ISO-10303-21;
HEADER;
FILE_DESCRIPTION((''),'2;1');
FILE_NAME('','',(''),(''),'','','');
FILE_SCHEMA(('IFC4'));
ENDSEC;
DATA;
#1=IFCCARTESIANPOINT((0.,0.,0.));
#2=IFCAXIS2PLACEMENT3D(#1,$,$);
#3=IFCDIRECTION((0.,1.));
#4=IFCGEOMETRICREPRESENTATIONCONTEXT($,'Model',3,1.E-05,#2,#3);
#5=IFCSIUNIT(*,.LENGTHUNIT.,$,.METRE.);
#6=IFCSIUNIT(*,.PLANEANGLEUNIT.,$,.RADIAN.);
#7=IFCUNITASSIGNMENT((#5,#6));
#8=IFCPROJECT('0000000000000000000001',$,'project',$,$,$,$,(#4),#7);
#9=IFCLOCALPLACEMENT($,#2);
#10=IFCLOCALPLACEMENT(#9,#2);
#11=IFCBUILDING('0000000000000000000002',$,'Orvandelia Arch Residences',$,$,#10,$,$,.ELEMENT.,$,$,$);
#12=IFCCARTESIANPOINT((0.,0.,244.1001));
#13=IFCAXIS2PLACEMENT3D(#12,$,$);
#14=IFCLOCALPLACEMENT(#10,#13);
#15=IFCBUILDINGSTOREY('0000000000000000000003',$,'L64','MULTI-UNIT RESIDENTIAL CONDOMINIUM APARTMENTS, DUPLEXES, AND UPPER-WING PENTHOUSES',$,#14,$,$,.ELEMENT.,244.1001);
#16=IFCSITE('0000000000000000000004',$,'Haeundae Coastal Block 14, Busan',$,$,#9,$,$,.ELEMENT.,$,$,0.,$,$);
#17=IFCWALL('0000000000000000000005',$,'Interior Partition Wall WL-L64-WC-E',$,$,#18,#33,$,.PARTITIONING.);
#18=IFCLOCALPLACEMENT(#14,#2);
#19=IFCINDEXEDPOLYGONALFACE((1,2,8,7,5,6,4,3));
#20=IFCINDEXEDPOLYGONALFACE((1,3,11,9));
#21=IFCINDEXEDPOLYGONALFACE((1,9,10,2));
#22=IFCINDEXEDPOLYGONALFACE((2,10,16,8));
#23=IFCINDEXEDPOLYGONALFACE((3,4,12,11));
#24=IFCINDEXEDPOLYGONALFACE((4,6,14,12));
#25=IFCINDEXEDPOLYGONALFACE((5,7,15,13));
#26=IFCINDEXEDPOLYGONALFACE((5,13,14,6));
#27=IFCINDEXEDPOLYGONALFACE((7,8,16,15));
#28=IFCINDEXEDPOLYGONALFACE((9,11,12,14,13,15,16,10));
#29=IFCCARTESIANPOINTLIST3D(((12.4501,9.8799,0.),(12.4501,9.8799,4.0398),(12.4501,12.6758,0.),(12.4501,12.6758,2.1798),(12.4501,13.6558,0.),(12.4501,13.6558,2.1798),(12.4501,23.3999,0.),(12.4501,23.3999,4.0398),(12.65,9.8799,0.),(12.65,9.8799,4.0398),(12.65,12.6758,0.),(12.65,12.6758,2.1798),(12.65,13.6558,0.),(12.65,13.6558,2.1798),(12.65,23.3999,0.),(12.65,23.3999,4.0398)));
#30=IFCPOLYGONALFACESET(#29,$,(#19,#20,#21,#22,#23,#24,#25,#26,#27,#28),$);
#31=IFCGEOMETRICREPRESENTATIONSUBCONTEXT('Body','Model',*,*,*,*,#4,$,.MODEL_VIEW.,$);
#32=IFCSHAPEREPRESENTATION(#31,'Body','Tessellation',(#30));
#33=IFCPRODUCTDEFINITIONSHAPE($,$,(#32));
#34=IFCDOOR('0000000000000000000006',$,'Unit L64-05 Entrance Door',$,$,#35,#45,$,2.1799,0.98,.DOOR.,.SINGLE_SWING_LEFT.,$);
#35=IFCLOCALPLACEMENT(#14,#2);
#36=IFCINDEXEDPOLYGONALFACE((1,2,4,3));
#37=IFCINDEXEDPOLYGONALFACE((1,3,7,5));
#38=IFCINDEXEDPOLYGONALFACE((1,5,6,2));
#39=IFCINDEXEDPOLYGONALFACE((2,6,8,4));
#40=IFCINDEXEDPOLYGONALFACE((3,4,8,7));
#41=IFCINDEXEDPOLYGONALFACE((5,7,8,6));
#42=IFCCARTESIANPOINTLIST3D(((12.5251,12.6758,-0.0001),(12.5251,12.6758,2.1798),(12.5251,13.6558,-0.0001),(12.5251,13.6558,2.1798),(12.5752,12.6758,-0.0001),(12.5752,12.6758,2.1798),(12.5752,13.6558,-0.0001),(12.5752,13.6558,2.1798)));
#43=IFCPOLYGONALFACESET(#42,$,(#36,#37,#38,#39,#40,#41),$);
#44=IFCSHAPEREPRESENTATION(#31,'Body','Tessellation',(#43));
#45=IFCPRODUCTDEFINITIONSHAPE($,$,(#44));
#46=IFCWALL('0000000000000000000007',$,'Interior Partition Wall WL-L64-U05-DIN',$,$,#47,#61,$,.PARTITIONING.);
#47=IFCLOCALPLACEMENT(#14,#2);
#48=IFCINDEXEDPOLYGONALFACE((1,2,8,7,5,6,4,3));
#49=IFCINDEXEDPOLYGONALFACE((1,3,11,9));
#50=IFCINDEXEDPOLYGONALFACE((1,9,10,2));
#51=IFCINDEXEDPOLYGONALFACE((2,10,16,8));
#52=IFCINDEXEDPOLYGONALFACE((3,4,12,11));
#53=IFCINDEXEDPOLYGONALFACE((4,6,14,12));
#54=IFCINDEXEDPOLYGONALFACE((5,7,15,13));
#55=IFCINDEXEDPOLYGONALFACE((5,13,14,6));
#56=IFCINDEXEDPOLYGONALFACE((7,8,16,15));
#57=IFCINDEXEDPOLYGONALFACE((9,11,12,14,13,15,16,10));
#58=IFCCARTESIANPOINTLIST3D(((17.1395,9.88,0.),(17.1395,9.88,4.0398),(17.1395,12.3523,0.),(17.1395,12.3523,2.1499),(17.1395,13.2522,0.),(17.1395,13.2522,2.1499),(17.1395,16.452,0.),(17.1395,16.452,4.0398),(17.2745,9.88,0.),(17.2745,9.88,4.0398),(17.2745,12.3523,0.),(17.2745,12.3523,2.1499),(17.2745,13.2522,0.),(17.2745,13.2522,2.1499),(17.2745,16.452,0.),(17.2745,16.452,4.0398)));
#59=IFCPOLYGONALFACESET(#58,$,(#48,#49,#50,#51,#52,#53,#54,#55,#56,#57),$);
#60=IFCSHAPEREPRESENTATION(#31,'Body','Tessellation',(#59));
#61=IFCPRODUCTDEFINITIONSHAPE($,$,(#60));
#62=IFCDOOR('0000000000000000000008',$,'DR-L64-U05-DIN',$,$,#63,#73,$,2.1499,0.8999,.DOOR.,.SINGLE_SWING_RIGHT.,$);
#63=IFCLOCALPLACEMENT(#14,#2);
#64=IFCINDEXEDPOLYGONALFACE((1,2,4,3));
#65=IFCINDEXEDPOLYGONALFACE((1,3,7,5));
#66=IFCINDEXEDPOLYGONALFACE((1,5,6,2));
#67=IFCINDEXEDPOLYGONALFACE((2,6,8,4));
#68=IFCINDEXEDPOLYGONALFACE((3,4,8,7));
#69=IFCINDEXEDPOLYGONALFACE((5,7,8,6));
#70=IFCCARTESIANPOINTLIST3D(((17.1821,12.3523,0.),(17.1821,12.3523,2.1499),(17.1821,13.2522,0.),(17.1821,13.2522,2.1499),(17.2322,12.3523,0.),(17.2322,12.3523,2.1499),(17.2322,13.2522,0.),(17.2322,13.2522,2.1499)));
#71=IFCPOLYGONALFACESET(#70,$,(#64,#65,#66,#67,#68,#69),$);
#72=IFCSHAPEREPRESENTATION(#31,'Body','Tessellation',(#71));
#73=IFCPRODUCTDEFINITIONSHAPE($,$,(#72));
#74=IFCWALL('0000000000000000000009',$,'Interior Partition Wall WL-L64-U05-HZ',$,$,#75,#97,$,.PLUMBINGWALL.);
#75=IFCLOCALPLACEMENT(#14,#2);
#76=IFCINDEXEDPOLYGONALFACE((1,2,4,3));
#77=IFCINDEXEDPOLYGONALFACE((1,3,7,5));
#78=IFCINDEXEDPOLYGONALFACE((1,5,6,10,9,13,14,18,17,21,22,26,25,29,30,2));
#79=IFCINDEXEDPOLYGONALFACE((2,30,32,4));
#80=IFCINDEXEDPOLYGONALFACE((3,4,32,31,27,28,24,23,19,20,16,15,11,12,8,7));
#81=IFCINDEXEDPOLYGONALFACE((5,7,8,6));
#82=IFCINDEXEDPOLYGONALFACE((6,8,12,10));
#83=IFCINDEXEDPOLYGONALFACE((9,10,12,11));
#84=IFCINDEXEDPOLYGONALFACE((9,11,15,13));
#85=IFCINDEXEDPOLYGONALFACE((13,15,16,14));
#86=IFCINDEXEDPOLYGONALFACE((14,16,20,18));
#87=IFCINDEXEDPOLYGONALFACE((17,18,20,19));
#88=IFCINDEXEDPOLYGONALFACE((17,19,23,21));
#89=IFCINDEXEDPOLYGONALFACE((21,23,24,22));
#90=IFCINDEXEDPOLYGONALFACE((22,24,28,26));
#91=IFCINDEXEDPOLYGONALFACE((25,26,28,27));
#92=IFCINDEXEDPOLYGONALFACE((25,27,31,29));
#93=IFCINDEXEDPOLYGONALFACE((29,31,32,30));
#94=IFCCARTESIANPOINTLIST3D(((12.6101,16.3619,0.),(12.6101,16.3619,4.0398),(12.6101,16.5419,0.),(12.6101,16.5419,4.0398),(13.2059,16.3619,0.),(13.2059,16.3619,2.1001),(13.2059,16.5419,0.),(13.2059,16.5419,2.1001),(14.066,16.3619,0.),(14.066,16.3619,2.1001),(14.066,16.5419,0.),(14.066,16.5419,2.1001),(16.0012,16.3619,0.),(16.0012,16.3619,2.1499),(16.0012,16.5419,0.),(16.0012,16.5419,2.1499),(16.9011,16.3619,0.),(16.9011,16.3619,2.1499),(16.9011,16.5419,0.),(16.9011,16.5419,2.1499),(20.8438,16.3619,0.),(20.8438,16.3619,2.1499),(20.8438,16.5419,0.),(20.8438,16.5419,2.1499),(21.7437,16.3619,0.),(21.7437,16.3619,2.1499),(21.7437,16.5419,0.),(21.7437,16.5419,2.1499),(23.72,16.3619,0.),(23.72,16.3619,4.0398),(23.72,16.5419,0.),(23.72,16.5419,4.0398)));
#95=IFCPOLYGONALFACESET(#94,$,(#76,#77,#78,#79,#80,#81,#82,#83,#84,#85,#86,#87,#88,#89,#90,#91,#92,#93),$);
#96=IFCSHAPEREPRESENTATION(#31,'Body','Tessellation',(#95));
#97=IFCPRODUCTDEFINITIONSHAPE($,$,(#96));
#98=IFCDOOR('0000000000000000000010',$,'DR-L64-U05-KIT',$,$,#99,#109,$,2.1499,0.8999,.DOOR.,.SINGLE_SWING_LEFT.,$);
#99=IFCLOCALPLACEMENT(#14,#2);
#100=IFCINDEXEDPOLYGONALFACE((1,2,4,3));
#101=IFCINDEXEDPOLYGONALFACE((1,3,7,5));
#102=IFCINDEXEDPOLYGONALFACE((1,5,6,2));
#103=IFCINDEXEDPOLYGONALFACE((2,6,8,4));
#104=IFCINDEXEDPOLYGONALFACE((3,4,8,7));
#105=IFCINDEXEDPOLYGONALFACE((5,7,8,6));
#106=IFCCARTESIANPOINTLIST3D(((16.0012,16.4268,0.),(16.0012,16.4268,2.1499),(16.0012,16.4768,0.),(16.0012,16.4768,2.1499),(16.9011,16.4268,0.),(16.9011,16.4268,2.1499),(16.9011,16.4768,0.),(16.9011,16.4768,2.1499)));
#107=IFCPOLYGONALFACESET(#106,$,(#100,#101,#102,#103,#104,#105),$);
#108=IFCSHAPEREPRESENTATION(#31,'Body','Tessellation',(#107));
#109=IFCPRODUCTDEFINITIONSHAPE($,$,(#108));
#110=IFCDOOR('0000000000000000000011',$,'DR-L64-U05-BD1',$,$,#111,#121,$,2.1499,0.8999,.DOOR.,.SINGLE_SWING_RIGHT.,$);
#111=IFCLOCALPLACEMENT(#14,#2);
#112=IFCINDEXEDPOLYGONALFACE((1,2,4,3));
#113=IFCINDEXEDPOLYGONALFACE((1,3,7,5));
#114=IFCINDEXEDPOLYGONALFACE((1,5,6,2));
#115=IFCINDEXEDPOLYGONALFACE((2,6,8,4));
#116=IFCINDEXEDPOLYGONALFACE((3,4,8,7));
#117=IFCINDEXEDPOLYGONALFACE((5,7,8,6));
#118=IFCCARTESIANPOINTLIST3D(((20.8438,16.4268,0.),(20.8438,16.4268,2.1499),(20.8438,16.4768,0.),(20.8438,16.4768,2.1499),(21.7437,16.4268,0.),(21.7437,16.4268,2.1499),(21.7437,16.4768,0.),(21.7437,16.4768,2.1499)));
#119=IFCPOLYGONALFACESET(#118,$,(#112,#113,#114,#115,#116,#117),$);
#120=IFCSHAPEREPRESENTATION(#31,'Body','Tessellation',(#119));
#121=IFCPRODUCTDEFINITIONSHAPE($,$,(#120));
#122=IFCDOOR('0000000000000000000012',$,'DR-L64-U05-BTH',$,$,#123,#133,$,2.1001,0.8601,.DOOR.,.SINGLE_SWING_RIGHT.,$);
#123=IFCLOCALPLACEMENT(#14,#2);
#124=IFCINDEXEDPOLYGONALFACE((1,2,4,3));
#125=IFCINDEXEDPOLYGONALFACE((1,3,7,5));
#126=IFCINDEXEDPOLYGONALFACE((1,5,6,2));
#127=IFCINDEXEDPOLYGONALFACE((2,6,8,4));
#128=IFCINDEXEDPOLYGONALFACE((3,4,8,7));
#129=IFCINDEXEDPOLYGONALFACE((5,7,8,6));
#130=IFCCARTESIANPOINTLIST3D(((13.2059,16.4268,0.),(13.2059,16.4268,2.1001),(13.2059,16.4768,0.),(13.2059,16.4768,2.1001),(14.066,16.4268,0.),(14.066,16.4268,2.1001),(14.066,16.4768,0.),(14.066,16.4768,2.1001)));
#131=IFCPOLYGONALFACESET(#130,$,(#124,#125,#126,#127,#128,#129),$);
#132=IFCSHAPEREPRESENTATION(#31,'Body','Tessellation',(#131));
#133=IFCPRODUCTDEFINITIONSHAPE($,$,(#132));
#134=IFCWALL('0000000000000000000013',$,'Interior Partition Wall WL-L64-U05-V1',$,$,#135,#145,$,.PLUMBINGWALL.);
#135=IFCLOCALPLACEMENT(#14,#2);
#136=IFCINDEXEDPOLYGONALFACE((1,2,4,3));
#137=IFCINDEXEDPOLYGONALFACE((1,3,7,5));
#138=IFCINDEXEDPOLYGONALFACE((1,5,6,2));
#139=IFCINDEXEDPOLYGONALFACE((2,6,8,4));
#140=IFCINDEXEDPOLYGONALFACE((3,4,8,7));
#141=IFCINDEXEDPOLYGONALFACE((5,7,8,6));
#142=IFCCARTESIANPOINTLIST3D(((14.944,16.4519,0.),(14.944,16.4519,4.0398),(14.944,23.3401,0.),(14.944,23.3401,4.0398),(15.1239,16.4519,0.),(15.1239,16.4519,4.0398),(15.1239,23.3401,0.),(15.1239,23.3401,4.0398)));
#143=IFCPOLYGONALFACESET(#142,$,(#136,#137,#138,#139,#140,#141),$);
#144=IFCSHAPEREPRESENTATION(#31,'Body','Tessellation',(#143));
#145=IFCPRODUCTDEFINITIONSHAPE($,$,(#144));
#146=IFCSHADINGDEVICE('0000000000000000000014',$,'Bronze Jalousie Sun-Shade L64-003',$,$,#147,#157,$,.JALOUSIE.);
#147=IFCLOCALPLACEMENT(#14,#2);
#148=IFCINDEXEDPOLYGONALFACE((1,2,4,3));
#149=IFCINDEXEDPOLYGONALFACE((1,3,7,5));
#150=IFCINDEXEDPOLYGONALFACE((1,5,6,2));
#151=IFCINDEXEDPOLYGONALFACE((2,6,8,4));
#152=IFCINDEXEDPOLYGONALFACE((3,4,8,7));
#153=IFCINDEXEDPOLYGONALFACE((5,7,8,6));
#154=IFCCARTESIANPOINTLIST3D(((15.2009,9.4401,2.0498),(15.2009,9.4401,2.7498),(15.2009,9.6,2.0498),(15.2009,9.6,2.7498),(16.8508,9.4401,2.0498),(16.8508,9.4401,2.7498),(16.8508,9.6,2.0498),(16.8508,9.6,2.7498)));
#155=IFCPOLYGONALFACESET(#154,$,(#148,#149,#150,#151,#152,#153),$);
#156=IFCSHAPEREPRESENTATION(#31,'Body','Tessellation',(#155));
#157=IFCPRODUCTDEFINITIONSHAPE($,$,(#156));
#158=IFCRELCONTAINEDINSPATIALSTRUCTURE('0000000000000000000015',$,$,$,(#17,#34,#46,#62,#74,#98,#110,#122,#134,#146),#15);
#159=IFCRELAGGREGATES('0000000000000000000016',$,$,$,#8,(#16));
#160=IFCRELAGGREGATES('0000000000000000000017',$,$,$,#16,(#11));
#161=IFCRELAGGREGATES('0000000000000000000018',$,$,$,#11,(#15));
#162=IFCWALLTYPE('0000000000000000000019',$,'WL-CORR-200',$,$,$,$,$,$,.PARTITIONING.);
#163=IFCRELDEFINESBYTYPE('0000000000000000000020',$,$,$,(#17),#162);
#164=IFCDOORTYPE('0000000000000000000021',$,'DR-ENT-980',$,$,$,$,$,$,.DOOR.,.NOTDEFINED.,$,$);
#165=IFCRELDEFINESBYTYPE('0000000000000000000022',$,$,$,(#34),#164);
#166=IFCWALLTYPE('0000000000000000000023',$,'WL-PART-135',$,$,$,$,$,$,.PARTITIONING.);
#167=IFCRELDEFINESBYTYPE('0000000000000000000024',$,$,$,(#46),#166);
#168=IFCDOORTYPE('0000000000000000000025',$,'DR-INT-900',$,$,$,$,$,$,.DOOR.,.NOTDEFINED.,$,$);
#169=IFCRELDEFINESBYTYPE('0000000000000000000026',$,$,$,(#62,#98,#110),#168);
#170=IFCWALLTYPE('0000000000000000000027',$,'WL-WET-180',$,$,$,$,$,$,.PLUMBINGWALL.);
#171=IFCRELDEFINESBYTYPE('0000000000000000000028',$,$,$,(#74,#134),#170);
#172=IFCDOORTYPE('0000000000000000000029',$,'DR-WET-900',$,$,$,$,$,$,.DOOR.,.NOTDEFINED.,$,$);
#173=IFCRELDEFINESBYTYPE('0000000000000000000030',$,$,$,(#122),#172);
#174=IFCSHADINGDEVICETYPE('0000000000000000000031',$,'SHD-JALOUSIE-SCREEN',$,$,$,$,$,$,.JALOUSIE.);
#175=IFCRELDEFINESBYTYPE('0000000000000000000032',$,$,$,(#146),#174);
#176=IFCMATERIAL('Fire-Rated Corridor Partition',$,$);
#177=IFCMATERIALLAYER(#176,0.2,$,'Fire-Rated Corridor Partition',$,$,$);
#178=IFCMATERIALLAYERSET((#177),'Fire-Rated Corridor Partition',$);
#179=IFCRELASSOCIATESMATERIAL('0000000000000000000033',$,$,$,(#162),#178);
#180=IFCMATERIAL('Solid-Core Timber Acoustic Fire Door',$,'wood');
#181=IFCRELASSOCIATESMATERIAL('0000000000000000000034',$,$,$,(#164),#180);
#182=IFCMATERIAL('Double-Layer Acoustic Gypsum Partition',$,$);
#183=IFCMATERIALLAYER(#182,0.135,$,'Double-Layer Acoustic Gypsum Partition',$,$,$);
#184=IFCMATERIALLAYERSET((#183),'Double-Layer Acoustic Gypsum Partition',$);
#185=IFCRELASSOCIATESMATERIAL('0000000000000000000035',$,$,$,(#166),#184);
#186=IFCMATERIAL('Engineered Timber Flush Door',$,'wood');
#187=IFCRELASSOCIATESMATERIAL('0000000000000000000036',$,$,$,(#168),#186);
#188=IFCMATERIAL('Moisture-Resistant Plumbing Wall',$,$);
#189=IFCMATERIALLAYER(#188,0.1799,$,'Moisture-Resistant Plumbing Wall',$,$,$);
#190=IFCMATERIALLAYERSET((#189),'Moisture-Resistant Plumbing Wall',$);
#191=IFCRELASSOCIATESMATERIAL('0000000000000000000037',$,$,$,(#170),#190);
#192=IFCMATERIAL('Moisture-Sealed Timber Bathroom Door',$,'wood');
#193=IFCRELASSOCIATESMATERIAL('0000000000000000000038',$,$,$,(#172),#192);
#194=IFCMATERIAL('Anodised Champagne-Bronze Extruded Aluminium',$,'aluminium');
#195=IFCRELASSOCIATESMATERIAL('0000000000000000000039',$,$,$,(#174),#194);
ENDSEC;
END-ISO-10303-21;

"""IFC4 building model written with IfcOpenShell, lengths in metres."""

from ifc_helpers import new_model, si_unit, direction, frame, frame_2d, origin, origin_2d, place, context, subcontext, project, spatial, rectangle, extrude, material, layer, layer_set, type_object, element, fill, save


model = new_model("IFC4")

# Units and contexts
model_context = context("Model", 3, precision=1e-05, world=origin(), true_north=direction((0.0, 1.0)))
body_context = subcontext(model_context, "Body", "Model", "MODEL_VIEW")
ifc_project = project(units=[si_unit("LENGTHUNIT", "METRE"), si_unit("PLANEANGLEUNIT", "RADIAN")], contexts=[model_context])

# Site, building, storey
site_placement = place(None, origin())
site = spatial("IfcSite", under=ifc_project, at=site_placement, Name="Haeundae Coastal Block 14, Busan", CompositionType="ELEMENT", RefElevation=0.0)
building_placement = place(site_placement, origin())
building = spatial("IfcBuilding", under=site, at=building_placement, Name="Orvandelia Arch Residences", CompositionType="ELEMENT")
storey_placement = place(building_placement, frame((0.0, 0.0, 244.1001)))
storey = spatial("IfcBuildingStorey", under=building, at=storey_placement, Name="L64", Description="MULTI-UNIT RESIDENTIAL CONDOMINIUM APARTMENTS, DUPLEXES, AND UPPER-WING PENTHOUSES", CompositionType="ELEMENT", Elevation=244.1001)

# Shared definitions
ifc_material_1 = material(Name="Fire-Rated Corridor Partition")
ifc_layer_1 = layer(ifc_material_1, 0.2, Name="Fire-Rated Corridor Partition")
ifc_layer_set_1 = layer_set([ifc_layer_1], Name="Fire-Rated Corridor Partition")
wall_type_1 = type_object("IfcWallType", Name="WL-CORR-200", PredefinedType="PARTITIONING", material=ifc_layer_set_1)
ifc_material_2 = material(Name="Solid-Core Timber Acoustic Fire Door", Category="wood")
door_type_1 = type_object("IfcDoorType", Name="DR-ENT-980", OperationType="NOTDEFINED", PredefinedType="DOOR", material=ifc_material_2)

# Walls, openings, doors
wall_1_placement = place(storey_placement, frame((12.55, 9.8799, 0.0), z_axis=(0.0, 0.0, 1.0), x_axis=(0.0, 1.0, 0.0)))
wall_1 = element("IfcWall", 1, at=wall_1_placement, inside=storey, type_object=wall_type_1, Name="Interior Partition Wall WL-L64-WC-E", PredefinedType="PARTITIONING", context=body_context, shape_type="SweptSolid", body=[
    extrude(rectangle(XDim=13.52, YDim=0.2, at=frame_2d((6.76, 0.0))), origin(), (0.0, 0.0, 1.0), 4.0398),
])
opening_1_placement = place(wall_1_placement, frame((2.7959, 0.0, 0.0)))
opening_1 = element("IfcOpeningElement", 2, at=opening_1_placement, cuts=wall_1, PredefinedType="OPENING", context=body_context, shape_type="SweptSolid", body=[
    extrude(rectangle(XDim=0.98, YDim=2.1799, at=frame_2d((0.49, 1.0898))), frame((0.0, 0.1099, 0.0), z_axis=(0.0, -1.0, 0.0), x_axis=(1.0, 0.0, 0.0)), (0.0, 0.0, 1.0), 0.22),
])
door_1_placement = place(opening_1_placement, origin())
door_1 = element("IfcDoor", 3, at=door_1_placement, inside=storey, type_object=door_type_1, Name="Unit L64-05 Entrance Door", OperationType="SINGLE_SWING_LEFT", OverallHeight=2.1799, OverallWidth=0.98, PredefinedType="DOOR", context=body_context, shape_type="SweptSolid", body=[
    extrude(rectangle(XDim=0.98, YDim=2.1799, at=frame_2d((0.49, 1.0898))), frame((0.0, 0.0249, 0.0), z_axis=(0.0, -1.0, 0.0), x_axis=(1.0, 0.0, 0.0)), (0.0, 0.0, 1.0), 0.05),
])
fill(opening_1, door_1)
ifc_material_3 = material(Name="Double-Layer Acoustic Gypsum Partition")
ifc_layer_2 = layer(ifc_material_3, 0.135, Name="Double-Layer Acoustic Gypsum Partition")
ifc_layer_set_2 = layer_set([ifc_layer_2], Name="Double-Layer Acoustic Gypsum Partition")
wall_type_2 = type_object("IfcWallType", Name="WL-PART-135", PredefinedType="PARTITIONING", material=ifc_layer_set_2)
wall_2_placement = place(storey_placement, frame((17.207, 9.8799, 0.0), z_axis=(0.0, 0.0, 1.0), x_axis=(0.0, 1.0, 0.0)))
wall_2 = element("IfcWall", 4, at=wall_2_placement, inside=storey, type_object=wall_type_2, Name="Interior Partition Wall WL-L64-U05-DIN", PredefinedType="PARTITIONING", context=body_context, shape_type="SweptSolid", body=[
    extrude(rectangle(XDim=6.572, YDim=0.135, at=frame_2d((3.2861, 0.0))), origin(), (0.0, 0.0, 1.0), 4.0398),
])
opening_2_placement = place(wall_2_placement, frame((2.4724, 0.0, 0.0)))
opening_2 = element("IfcOpeningElement", 5, at=opening_2_placement, cuts=wall_2, PredefinedType="OPENING", context=body_context, shape_type="SweptSolid", body=[
    extrude(rectangle(XDim=0.8999, YDim=2.1499, at=frame_2d((0.45, 1.075))), frame((0.0, 0.0776, 0.0), z_axis=(0.0, -1.0, 0.0), x_axis=(1.0, 0.0, 0.0)), (0.0, 0.0, 1.0), 0.155),
])
ifc_material_4 = material(Name="Engineered Timber Flush Door", Category="wood")
door_type_2 = type_object("IfcDoorType", Name="DR-INT-900", OperationType="NOTDEFINED", PredefinedType="DOOR", material=ifc_material_4)
door_2_placement = place(opening_2_placement, origin())
door_2 = element("IfcDoor", 6, at=door_2_placement, inside=storey, type_object=door_type_2, Name="DR-L64-U05-DIN", OperationType="SINGLE_SWING_RIGHT", OverallHeight=2.1499, OverallWidth=0.8999, PredefinedType="DOOR", context=body_context, shape_type="SweptSolid", body=[
    extrude(rectangle(XDim=0.8999, YDim=2.1499, at=frame_2d((0.45, 1.075))), frame((0.0, 0.0249, 0.0), z_axis=(0.0, -1.0, 0.0), x_axis=(1.0, 0.0, 0.0)), (0.0, 0.0, 1.0), 0.05),
])
fill(opening_2, door_2)

# Wall, openings, doors
ifc_material_5 = material(Name="Moisture-Resistant Plumbing Wall")
ifc_layer_3 = layer(ifc_material_5, 0.1799, Name="Moisture-Resistant Plumbing Wall")
ifc_layer_set_3 = layer_set([ifc_layer_3], Name="Moisture-Resistant Plumbing Wall")
wall_type_3 = type_object("IfcWallType", Name="WL-WET-180", PredefinedType="PLUMBINGWALL", material=ifc_layer_set_3)
wall_3_placement = place(storey_placement, frame((12.6101, 16.4519, 0.0), z_axis=(0.0, 0.0, 1.0), x_axis=(1.0, 0.0, 0.0)))
wall_3 = element("IfcWall", 7, at=wall_3_placement, inside=storey, type_object=wall_type_3, Name="Interior Partition Wall WL-L64-U05-HZ", PredefinedType="PLUMBINGWALL", context=body_context, shape_type="SweptSolid", body=[
    extrude(rectangle(XDim=11.1099, YDim=0.1799, at=frame_2d((5.5549, 0.0))), origin(), (0.0, 0.0, 1.0), 4.0398),
])
opening_3_placement = place(wall_3_placement, frame((0.5957, 0.0, 0.0)))
opening_3 = element("IfcOpeningElement", 8, at=opening_3_placement, cuts=wall_3, PredefinedType="OPENING", context=body_context, shape_type="SweptSolid", body=[
    extrude(rectangle(XDim=0.8601, YDim=2.1001, at=frame_2d((0.4302, 1.05))), frame((0.0, 0.1001, 0.0), z_axis=(0.0, -1.0, 0.0), x_axis=(1.0, 0.0, 0.0)), (0.0, 0.0, 1.0), 0.2),
])
opening_4_placement = place(wall_3_placement, frame((3.3911, 0.0, 0.0)))
opening_4 = element("IfcOpeningElement", 9, at=opening_4_placement, cuts=wall_3, PredefinedType="OPENING", context=body_context, shape_type="SweptSolid", body=[
    extrude(rectangle(XDim=0.8999, YDim=2.1499, at=frame_2d((0.45, 1.075))), frame((0.0, 0.1001, 0.0), z_axis=(0.0, -1.0, 0.0), x_axis=(1.0, 0.0, 0.0)), (0.0, 0.0, 1.0), 0.2),
])
opening_5_placement = place(wall_3_placement, frame((8.2336, 0.0, 0.0)))
opening_5 = element("IfcOpeningElement", 10, at=opening_5_placement, cuts=wall_3, PredefinedType="OPENING", context=body_context, shape_type="SweptSolid", body=[
    extrude(rectangle(XDim=0.8999, YDim=2.1499, at=frame_2d((0.45, 1.075))), frame((0.0, 0.1001, 0.0), z_axis=(0.0, -1.0, 0.0), x_axis=(1.0, 0.0, 0.0)), (0.0, 0.0, 1.0), 0.2),
])
door_3_placement = place(opening_4_placement, origin())
door_3 = element("IfcDoor", 11, at=door_3_placement, inside=storey, type_object=door_type_2, Name="DR-L64-U05-KIT", OperationType="SINGLE_SWING_LEFT", OverallHeight=2.1499, OverallWidth=0.8999, PredefinedType="DOOR", context=body_context, shape_type="SweptSolid", body=[
    extrude(rectangle(XDim=0.8999, YDim=2.1499, at=frame_2d((0.45, 1.075))), frame((0.0, 0.0249, 0.0), z_axis=(0.0, -1.0, 0.0), x_axis=(1.0, 0.0, 0.0)), (0.0, 0.0, 1.0), 0.05),
])
fill(opening_4, door_3)
door_4_placement = place(opening_5_placement, origin())
door_4 = element("IfcDoor", 12, at=door_4_placement, inside=storey, type_object=door_type_2, Name="DR-L64-U05-BD1", OperationType="SINGLE_SWING_RIGHT", OverallHeight=2.1499, OverallWidth=0.8999, PredefinedType="DOOR", context=body_context, shape_type="SweptSolid", body=[
    extrude(rectangle(XDim=0.8999, YDim=2.1499, at=frame_2d((0.45, 1.075))), frame((0.0, 0.0249, 0.0), z_axis=(0.0, -1.0, 0.0), x_axis=(1.0, 0.0, 0.0)), (0.0, 0.0, 1.0), 0.05),
])
fill(opening_5, door_4)
ifc_material_6 = material(Name="Moisture-Sealed Timber Bathroom Door", Category="wood")
door_type_3 = type_object("IfcDoorType", Name="DR-WET-900", OperationType="NOTDEFINED", PredefinedType="DOOR", material=ifc_material_6)
door_5_placement = place(opening_3_placement, origin())
door_5 = element("IfcDoor", 13, at=door_5_placement, inside=storey, type_object=door_type_3, Name="DR-L64-U05-BTH", OperationType="SINGLE_SWING_RIGHT", OverallHeight=2.1001, OverallWidth=0.8601, PredefinedType="DOOR", context=body_context, shape_type="SweptSolid", body=[
    extrude(rectangle(XDim=0.8601, YDim=2.1001, at=frame_2d((0.4302, 1.05))), frame((0.0, 0.0249, 0.0), z_axis=(0.0, -1.0, 0.0), x_axis=(1.0, 0.0, 0.0)), (0.0, 0.0, 1.0), 0.05),
])
fill(opening_3, door_5)

# Wall
wall_4_placement = place(storey_placement, frame((15.0339, 16.4519, 0.0), z_axis=(0.0, 0.0, 1.0), x_axis=(0.0, 1.0, 0.0)))
element("IfcWall", 14, at=wall_4_placement, inside=storey, type_object=wall_type_3, Name="Interior Partition Wall WL-L64-U05-V1", PredefinedType="PLUMBINGWALL", context=body_context, shape_type="SweptSolid", body=[
    extrude(rectangle(XDim=6.8882, YDim=0.1799, at=frame_2d((3.4441, 0.0))), origin(), (0.0, 0.0, 1.0), 4.0398),
])

# Shading device
ifc_material_7 = material(Name="Anodised Champagne-Bronze Extruded Aluminium", Category="aluminium")
shading_device_type_1 = type_object("IfcShadingDeviceType", Name="SHD-JALOUSIE-SCREEN", PredefinedType="JALOUSIE", material=ifc_material_7)
shading_device_1_placement = place(storey_placement, frame((16.0259, 9.52, 2.0498), z_axis=(0.0, 0.0, 1.0), x_axis=(-1.0, 0.0, 0.0)))
element("IfcShadingDevice", 15, at=shading_device_1_placement, inside=storey, type_object=shading_device_type_1, Name="Bronze Jalousie Sun-Shade L64-003", PredefinedType="JALOUSIE", context=body_context, shape_type="SweptSolid", body=[
    extrude(rectangle(XDim=1.6499, YDim=0.1599, at=origin_2d()), origin(), (0.0, 0.0, 1.0), 0.7),
])

save(model, "model.ifc")
